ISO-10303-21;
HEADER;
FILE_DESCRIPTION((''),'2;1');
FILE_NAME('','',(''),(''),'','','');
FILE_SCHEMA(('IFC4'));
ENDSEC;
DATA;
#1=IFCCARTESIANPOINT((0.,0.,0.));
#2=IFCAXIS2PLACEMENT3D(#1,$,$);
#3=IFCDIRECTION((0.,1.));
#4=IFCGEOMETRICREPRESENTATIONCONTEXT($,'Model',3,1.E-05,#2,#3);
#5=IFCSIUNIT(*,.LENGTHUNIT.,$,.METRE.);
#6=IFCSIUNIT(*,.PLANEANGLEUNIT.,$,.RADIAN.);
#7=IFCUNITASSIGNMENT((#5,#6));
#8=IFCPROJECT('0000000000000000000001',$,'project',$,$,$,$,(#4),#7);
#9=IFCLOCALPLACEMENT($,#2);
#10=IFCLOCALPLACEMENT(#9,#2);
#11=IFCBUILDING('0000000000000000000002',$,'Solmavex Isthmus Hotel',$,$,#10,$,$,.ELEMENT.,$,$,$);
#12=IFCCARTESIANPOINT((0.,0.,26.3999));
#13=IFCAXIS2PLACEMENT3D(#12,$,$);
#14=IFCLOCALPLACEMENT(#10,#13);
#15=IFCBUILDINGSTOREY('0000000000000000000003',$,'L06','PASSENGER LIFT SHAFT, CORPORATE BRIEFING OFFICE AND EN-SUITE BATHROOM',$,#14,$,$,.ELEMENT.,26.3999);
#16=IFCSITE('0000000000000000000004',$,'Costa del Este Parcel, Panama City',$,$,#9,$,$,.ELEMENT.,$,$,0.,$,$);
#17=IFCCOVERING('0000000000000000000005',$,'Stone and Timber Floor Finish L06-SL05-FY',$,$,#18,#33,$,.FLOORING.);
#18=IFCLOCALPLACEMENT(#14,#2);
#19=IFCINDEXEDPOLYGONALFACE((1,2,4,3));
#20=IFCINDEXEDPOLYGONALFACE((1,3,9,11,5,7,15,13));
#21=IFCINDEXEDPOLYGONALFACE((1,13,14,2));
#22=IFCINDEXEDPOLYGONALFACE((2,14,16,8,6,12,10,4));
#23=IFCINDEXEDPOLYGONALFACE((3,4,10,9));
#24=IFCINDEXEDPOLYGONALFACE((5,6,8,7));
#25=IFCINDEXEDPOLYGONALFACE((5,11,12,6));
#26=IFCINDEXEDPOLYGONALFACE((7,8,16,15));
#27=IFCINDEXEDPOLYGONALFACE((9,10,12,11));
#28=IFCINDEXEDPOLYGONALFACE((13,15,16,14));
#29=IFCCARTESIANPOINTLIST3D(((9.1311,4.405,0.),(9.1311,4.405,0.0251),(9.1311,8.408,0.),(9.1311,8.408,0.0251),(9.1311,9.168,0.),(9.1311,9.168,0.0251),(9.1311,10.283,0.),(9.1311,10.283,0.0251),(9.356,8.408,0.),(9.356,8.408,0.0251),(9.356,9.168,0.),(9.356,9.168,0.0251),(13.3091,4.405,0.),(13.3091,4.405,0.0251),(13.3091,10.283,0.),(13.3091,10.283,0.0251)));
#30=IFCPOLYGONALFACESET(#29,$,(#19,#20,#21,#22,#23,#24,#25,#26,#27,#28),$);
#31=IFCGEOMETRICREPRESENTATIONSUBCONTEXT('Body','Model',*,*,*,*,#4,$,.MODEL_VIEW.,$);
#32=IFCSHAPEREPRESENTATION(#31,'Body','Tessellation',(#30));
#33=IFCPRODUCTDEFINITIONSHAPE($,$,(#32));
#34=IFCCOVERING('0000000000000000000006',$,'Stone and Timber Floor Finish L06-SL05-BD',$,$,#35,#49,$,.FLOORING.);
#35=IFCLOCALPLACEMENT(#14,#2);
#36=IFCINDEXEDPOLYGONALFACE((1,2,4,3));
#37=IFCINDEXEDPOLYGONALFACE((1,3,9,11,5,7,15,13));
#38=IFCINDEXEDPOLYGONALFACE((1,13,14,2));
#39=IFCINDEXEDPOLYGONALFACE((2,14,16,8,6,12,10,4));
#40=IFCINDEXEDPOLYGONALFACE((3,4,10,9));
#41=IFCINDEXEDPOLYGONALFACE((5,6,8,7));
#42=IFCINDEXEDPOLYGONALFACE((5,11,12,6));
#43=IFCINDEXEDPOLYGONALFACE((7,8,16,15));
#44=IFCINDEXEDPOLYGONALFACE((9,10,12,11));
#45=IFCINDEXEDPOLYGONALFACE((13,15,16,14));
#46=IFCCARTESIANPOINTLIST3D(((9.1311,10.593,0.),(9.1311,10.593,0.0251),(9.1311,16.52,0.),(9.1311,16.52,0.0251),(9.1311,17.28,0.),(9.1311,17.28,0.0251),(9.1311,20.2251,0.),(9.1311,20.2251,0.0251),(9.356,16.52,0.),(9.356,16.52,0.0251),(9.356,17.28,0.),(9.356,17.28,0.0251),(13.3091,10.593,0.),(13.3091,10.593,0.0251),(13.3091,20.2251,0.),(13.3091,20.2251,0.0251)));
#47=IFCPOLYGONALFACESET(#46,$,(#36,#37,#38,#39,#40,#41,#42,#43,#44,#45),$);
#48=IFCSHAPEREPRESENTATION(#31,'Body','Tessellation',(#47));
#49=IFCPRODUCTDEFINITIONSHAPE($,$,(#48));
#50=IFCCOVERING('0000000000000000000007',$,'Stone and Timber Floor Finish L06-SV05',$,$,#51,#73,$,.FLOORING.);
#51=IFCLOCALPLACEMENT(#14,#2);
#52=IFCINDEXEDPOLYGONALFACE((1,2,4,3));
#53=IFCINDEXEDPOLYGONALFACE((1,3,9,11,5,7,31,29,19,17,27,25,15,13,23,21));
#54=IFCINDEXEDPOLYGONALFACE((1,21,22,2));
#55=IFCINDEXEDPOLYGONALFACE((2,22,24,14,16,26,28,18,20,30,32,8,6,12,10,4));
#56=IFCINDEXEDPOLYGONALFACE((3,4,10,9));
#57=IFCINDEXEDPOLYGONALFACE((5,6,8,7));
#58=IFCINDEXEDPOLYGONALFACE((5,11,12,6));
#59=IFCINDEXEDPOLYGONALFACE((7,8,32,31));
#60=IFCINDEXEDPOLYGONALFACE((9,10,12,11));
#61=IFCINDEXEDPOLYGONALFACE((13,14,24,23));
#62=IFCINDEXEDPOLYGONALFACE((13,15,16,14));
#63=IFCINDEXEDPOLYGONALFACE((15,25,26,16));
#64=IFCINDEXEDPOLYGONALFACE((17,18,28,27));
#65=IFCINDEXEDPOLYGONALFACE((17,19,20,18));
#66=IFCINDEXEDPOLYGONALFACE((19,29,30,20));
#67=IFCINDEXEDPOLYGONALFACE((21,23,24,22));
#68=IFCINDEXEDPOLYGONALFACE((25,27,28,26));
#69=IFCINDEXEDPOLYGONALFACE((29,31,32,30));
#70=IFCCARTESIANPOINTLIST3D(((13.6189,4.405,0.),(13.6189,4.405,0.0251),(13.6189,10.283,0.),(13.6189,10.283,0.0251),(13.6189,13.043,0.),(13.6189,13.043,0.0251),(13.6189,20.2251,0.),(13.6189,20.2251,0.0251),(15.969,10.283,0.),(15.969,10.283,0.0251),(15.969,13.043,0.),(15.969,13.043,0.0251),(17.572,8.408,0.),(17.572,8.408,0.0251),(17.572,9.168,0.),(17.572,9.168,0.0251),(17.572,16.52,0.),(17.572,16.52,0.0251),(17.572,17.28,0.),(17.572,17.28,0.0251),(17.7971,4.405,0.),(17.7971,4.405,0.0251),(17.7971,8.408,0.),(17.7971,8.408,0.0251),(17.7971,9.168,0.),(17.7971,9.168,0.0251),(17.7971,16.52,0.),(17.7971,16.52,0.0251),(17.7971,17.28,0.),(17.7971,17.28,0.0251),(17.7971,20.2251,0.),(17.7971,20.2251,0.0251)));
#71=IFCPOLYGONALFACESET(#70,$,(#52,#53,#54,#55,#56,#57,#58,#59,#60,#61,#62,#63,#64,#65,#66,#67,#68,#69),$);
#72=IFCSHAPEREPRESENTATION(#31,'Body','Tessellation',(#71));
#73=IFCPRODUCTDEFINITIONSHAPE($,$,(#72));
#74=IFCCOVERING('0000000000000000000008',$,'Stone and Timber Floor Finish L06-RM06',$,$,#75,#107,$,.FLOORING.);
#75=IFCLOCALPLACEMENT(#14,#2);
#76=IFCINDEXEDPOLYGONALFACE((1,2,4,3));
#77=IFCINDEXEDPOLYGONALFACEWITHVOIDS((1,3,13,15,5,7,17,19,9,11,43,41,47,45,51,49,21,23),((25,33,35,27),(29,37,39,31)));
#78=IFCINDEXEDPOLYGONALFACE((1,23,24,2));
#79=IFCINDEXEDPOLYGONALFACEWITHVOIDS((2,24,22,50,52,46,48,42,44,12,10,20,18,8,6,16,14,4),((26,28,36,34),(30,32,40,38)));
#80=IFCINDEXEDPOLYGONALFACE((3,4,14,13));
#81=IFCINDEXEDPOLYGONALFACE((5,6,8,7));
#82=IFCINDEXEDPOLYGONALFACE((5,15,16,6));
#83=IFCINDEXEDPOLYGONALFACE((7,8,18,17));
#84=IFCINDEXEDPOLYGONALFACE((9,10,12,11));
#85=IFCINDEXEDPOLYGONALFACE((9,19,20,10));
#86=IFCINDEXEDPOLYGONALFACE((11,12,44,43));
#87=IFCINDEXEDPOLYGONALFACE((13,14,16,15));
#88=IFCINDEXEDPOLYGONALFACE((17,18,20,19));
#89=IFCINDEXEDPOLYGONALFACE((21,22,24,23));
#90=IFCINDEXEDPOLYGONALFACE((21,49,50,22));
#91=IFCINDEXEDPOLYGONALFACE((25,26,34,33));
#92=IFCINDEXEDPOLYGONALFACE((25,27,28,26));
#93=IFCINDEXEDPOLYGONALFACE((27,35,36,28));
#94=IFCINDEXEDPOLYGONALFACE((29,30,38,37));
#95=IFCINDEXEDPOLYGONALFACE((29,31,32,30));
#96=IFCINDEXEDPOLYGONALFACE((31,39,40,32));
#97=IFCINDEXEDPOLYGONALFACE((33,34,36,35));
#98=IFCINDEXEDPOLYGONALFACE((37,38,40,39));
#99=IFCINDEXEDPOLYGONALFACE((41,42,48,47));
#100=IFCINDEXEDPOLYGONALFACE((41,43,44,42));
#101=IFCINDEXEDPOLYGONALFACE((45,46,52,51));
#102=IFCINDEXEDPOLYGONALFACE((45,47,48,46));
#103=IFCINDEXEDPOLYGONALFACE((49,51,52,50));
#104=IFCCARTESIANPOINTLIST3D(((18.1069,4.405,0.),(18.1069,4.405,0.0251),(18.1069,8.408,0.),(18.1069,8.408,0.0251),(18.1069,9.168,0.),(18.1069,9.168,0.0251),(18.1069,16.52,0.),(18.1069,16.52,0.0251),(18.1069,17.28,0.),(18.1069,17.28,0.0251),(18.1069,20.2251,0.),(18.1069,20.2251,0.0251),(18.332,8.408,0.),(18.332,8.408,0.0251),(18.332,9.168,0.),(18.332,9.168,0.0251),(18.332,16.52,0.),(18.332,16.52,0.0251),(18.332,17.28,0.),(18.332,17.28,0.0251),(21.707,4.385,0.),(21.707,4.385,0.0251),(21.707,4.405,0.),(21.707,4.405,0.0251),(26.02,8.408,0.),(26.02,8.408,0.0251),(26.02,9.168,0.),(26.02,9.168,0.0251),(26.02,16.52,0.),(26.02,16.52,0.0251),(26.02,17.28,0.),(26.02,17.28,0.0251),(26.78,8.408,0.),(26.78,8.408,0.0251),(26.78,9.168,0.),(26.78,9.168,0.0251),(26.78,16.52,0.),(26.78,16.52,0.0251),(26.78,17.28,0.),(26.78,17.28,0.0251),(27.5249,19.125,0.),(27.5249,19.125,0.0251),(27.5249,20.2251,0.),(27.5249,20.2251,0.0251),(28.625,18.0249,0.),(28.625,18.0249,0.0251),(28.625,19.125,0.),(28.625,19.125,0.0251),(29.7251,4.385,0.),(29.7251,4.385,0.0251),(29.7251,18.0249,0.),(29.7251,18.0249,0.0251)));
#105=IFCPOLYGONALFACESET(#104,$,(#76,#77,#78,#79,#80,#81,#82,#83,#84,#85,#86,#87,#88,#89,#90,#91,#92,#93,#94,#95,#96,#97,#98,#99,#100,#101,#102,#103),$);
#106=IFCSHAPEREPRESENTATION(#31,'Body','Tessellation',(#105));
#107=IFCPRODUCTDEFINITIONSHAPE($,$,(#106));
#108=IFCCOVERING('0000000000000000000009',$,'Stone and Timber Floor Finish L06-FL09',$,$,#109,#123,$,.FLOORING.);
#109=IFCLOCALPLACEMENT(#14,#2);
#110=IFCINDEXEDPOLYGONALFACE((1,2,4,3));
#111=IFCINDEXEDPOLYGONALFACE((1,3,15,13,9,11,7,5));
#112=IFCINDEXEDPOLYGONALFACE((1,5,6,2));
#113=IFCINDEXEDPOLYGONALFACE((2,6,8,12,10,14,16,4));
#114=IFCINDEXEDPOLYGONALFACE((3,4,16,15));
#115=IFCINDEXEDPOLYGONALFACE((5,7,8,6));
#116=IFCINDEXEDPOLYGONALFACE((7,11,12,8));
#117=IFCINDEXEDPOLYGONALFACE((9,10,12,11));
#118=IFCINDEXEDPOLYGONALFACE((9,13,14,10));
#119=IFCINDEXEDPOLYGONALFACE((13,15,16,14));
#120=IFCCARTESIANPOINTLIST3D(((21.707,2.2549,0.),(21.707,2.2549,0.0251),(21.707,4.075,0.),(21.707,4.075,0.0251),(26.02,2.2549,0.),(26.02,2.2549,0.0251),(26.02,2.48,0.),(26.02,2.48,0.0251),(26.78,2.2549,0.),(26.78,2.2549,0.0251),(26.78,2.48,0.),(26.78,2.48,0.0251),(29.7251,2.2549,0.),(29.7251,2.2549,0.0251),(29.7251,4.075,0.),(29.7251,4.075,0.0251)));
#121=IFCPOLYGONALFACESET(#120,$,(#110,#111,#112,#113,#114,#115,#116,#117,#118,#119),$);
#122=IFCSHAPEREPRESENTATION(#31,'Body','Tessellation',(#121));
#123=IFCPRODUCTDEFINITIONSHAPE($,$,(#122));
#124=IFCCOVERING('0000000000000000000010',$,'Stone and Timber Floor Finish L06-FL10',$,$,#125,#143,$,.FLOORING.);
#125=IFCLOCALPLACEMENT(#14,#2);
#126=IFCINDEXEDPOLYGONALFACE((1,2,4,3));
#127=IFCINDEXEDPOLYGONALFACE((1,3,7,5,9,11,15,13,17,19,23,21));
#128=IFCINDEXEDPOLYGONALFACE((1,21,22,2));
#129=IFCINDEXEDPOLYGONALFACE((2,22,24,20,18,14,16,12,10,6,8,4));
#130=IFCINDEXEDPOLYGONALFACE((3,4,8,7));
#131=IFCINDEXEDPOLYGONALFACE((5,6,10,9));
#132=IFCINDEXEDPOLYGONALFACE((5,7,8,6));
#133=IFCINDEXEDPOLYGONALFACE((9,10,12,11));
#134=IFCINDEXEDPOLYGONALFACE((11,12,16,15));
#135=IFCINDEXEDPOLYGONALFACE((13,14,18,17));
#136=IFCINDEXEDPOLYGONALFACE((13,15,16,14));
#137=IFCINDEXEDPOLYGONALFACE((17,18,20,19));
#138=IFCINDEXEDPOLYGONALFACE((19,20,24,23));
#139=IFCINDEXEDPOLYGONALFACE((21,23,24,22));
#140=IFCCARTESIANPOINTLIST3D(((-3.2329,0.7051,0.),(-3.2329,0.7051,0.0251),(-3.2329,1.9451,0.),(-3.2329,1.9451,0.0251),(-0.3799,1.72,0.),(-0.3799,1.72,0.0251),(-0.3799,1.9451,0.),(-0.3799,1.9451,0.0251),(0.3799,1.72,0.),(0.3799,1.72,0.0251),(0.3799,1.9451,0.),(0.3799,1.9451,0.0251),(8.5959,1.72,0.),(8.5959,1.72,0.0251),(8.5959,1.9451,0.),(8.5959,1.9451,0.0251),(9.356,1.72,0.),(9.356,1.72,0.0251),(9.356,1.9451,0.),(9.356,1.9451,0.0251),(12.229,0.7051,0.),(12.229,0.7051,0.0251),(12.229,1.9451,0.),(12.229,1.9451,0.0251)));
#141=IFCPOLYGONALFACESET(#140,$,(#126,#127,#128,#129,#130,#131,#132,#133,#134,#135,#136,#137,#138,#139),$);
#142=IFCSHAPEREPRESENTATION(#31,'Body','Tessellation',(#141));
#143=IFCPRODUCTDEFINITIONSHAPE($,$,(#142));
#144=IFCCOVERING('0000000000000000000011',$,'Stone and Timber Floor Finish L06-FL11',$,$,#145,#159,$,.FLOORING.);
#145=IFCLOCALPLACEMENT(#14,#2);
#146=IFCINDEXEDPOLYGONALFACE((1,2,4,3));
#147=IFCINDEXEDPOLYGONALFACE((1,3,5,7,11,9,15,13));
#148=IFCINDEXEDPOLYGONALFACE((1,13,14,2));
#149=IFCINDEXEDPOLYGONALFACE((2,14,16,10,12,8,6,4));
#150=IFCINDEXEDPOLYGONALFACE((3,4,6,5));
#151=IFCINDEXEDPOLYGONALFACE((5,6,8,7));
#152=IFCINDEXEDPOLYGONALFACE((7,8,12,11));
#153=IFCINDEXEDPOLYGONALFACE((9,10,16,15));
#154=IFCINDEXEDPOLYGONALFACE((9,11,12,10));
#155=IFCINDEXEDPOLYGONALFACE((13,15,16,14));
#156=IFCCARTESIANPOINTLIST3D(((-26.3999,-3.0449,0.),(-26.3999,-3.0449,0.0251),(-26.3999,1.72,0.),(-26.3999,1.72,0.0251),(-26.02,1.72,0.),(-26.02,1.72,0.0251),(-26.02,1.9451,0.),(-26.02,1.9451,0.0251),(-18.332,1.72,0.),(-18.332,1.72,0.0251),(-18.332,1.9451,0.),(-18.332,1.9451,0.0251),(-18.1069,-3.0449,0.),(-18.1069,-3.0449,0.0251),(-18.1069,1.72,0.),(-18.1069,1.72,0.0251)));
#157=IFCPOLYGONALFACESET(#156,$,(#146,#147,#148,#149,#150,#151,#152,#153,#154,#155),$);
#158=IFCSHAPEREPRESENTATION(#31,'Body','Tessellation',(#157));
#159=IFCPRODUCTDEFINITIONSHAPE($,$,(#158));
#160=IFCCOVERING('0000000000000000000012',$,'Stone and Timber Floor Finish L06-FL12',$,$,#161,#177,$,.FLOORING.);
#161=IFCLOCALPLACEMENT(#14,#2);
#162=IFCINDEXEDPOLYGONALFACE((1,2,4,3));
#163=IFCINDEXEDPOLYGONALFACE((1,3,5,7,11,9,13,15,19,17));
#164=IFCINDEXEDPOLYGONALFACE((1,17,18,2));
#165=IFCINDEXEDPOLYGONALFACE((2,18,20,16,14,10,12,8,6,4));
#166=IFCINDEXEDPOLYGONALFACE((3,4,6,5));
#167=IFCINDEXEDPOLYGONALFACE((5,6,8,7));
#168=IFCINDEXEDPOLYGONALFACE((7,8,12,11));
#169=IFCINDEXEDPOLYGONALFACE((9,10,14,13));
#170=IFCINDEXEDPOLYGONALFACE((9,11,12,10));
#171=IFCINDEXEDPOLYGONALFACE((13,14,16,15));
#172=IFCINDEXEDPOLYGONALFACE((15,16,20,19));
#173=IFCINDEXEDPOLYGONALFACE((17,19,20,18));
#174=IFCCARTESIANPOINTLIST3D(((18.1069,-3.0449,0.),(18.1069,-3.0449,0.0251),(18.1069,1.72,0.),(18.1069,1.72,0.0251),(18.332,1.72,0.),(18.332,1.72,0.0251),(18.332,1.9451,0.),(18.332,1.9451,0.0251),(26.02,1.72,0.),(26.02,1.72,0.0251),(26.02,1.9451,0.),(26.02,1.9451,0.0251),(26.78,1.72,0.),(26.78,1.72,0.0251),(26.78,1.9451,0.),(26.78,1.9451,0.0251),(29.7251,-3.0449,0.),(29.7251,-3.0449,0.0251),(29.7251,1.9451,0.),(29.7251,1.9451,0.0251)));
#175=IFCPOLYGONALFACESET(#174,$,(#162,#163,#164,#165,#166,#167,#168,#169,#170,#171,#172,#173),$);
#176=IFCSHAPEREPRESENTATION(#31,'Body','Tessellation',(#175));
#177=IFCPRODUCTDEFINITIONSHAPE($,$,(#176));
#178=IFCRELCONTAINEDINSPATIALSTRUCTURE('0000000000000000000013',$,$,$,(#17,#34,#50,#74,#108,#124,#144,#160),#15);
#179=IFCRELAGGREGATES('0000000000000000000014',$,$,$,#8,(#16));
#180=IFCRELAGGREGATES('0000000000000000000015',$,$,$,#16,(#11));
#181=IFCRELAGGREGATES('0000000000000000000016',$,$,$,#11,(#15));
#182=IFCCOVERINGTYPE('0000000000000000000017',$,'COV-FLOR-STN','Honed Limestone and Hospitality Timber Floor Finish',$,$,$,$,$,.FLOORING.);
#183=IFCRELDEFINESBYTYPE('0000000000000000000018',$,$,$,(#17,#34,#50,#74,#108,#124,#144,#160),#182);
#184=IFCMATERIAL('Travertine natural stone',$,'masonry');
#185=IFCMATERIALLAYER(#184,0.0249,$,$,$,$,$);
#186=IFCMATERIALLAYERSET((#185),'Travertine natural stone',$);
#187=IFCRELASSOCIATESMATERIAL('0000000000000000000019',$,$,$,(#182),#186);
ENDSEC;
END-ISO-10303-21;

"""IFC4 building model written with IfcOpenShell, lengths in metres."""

from ifc_helpers import new_model, si_unit, direction, frame, origin, place, context, subcontext, project, spatial, polyline, outline, extrude, material, layer, layer_set, type_object, element, save


model = new_model("IFC4")

# Units and contexts
model_context = context("Model", 3, precision=1e-05, world=origin(), true_north=direction((0.0, 1.0)))
body_context = subcontext(model_context, "Body", "Model", "MODEL_VIEW")
ifc_project = project(units=[si_unit("LENGTHUNIT", "METRE"), si_unit("PLANEANGLEUNIT", "RADIAN")], contexts=[model_context])

# Site, building, storey
site_placement = place(None, origin())
site = spatial("IfcSite", under=ifc_project, at=site_placement, Name="Costa del Este Parcel, Panama City", CompositionType="ELEMENT", RefElevation=0.0)
building_placement = place(site_placement, origin())
building = spatial("IfcBuilding", under=site, at=building_placement, Name="Solmavex Isthmus Hotel", CompositionType="ELEMENT")
storey_placement = place(building_placement, frame((0.0, 0.0, 26.3999)))
storey = spatial("IfcBuildingStorey", under=building, at=storey_placement, Name="L06", Description="PASSENGER LIFT SHAFT, CORPORATE BRIEFING OFFICE AND EN-SUITE BATHROOM", CompositionType="ELEMENT", Elevation=26.3999)

# Coverings
ifc_material_1 = material(Name="Travertine natural stone", Category="masonry")
ifc_layer_1 = layer(ifc_material_1, 0.0249)
ifc_layer_set_1 = layer_set([ifc_layer_1], Name="Travertine natural stone")
covering_type_1 = type_object("IfcCoveringType", Name="COV-FLOR-STN", Description="Honed Limestone and Hospitality Timber Floor Finish", PredefinedType="FLOORING", material=ifc_layer_set_1)
covering_1_placement = place(storey_placement, origin())
element("IfcCovering", 1, at=covering_1_placement, inside=storey, type_object=covering_type_1, Name="Stone and Timber Floor Finish L06-SL05-FY", PredefinedType="FLOORING", context=body_context, shape_type="SweptSolid", body=[
    extrude(outline(polyline([(9.1311, 9.168), (9.356, 9.168), (9.356, 8.408), (9.1311, 8.408), (9.1311, 4.405), (13.3091, 4.405), (13.3091, 10.283), (9.1311, 10.283), (9.1311, 9.168)])), origin(), (0.0, 0.0, 1.0), 0.0251),
])
covering_2_placement = place(storey_placement, origin())
element("IfcCovering", 2, at=covering_2_placement, inside=storey, type_object=covering_type_1, Name="Stone and Timber Floor Finish L06-SL05-BD", PredefinedType="FLOORING", context=body_context, shape_type="SweptSolid", body=[
    extrude(outline(polyline([(9.1311, 17.28), (9.356, 17.28), (9.356, 16.52), (9.1311, 16.52), (9.1311, 10.593), (13.3091, 10.593), (13.3091, 20.2251), (9.1311, 20.2251), (9.1311, 17.28)])), origin(), (0.0, 0.0, 1.0), 0.0251),
])
covering_3_placement = place(storey_placement, origin())
element("IfcCovering", 3, at=covering_3_placement, inside=storey, type_object=covering_type_1, Name="Stone and Timber Floor Finish L06-SV05", PredefinedType="FLOORING", context=body_context, shape_type="SweptSolid", body=[
    extrude(outline(polyline([(17.7971, 16.52), (17.572, 16.52), (17.572, 17.28), (17.7971, 17.28), (17.7971, 20.2251), (13.6189, 20.2251), (13.6189, 13.043), (15.969, 13.043), (15.969, 10.283), (13.6189, 10.283), (13.6189, 4.405), (17.7971, 4.405), (17.7971, 8.408), (17.572, 8.408), (17.572, 9.168), (17.7971, 9.168), (17.7971, 16.52)])), origin(), (0.0, 0.0, 1.0), 0.0251),
])
covering_4_placement = place(storey_placement, origin())
element("IfcCovering", 4, at=covering_4_placement, inside=storey, type_object=covering_type_1, Name="Stone and Timber Floor Finish L06-RM06", PredefinedType="FLOORING", context=body_context, shape_type="SweptSolid", body=[
    extrude(outline(polyline([(18.1069, 9.168), (18.332, 9.168), (18.332, 8.408), (18.1069, 8.408), (18.1069, 4.405), (21.707, 4.405), (21.707, 4.385), (29.7251, 4.385), (29.7251, 18.0249), (28.625, 18.0249), (28.625, 19.125), (27.5249, 19.125), (27.5249, 20.2251), (18.1069, 20.2251), (18.1069, 17.28), (18.332, 17.28), (18.332, 16.52), (18.1069, 16.52), (18.1069, 9.168)]), holes=[polyline([(26.02, 8.408), (26.02, 9.168), (26.78, 9.168), (26.78, 8.408), (26.02, 8.408)]), polyline([(26.02, 16.52), (26.02, 17.28), (26.78, 17.28), (26.78, 16.52), (26.02, 16.52)])]), origin(), (0.0, 0.0, 1.0), 0.0251),
])
covering_5_placement = place(storey_placement, origin())
element("IfcCovering", 5, at=covering_5_placement, inside=storey, type_object=covering_type_1, Name="Stone and Timber Floor Finish L06-FL09", PredefinedType="FLOORING", context=body_context, shape_type="SweptSolid", body=[
    extrude(outline(polyline([(26.02, 2.2549), (26.02, 2.48), (26.78, 2.48), (26.78, 2.2549), (29.7251, 2.2549), (29.7251, 4.075), (21.707, 4.075), (21.707, 2.2549), (26.02, 2.2549)])), origin(), (0.0, 0.0, 1.0), 0.0251),
])
covering_6_placement = place(storey_placement, origin())
element("IfcCovering", 6, at=covering_6_placement, inside=storey, type_object=covering_type_1, Name="Stone and Timber Floor Finish L06-FL10", PredefinedType="FLOORING", context=body_context, shape_type="SweptSolid", body=[
    extrude(outline(polyline([(0.3799, 1.9451), (0.3799, 1.72), (-0.3799, 1.72), (-0.3799, 1.9451), (-3.2329, 1.9451), (-3.2329, 0.7051), (12.229, 0.7051), (12.229, 1.9451), (9.356, 1.9451), (9.356, 1.72), (8.5959, 1.72), (8.5959, 1.9451), (0.3799, 1.9451)])), origin(), (0.0, 0.0, 1.0), 0.0251),
])
covering_7_placement = place(storey_placement, origin())
element("IfcCovering", 7, at=covering_7_placement, inside=storey, type_object=covering_type_1, Name="Stone and Timber Floor Finish L06-FL11", PredefinedType="FLOORING", context=body_context, shape_type="SweptSolid", body=[
    extrude(outline(polyline([(-26.02, 1.9451), (-26.02, 1.72), (-26.3999, 1.72), (-26.3999, -3.0449), (-18.1069, -3.0449), (-18.1069, 1.72), (-18.332, 1.72), (-18.332, 1.9451), (-26.02, 1.9451)])), origin(), (0.0, 0.0, 1.0), 0.0251),
])
covering_8_placement = place(storey_placement, origin())
element("IfcCovering", 8, at=covering_8_placement, inside=storey, type_object=covering_type_1, Name="Stone and Timber Floor Finish L06-FL12", PredefinedType="FLOORING", context=body_context, shape_type="SweptSolid", body=[
    extrude(outline(polyline([(26.78, 1.9451), (26.78, 1.72), (26.02, 1.72), (26.02, 1.9451), (18.332, 1.9451), (18.332, 1.72), (18.1069, 1.72), (18.1069, -3.0449), (29.7251, -3.0449), (29.7251, 1.9451), (26.78, 1.9451)])), origin(), (0.0, 0.0, 1.0), 0.0251),
])

save(model, "model.ifc")
